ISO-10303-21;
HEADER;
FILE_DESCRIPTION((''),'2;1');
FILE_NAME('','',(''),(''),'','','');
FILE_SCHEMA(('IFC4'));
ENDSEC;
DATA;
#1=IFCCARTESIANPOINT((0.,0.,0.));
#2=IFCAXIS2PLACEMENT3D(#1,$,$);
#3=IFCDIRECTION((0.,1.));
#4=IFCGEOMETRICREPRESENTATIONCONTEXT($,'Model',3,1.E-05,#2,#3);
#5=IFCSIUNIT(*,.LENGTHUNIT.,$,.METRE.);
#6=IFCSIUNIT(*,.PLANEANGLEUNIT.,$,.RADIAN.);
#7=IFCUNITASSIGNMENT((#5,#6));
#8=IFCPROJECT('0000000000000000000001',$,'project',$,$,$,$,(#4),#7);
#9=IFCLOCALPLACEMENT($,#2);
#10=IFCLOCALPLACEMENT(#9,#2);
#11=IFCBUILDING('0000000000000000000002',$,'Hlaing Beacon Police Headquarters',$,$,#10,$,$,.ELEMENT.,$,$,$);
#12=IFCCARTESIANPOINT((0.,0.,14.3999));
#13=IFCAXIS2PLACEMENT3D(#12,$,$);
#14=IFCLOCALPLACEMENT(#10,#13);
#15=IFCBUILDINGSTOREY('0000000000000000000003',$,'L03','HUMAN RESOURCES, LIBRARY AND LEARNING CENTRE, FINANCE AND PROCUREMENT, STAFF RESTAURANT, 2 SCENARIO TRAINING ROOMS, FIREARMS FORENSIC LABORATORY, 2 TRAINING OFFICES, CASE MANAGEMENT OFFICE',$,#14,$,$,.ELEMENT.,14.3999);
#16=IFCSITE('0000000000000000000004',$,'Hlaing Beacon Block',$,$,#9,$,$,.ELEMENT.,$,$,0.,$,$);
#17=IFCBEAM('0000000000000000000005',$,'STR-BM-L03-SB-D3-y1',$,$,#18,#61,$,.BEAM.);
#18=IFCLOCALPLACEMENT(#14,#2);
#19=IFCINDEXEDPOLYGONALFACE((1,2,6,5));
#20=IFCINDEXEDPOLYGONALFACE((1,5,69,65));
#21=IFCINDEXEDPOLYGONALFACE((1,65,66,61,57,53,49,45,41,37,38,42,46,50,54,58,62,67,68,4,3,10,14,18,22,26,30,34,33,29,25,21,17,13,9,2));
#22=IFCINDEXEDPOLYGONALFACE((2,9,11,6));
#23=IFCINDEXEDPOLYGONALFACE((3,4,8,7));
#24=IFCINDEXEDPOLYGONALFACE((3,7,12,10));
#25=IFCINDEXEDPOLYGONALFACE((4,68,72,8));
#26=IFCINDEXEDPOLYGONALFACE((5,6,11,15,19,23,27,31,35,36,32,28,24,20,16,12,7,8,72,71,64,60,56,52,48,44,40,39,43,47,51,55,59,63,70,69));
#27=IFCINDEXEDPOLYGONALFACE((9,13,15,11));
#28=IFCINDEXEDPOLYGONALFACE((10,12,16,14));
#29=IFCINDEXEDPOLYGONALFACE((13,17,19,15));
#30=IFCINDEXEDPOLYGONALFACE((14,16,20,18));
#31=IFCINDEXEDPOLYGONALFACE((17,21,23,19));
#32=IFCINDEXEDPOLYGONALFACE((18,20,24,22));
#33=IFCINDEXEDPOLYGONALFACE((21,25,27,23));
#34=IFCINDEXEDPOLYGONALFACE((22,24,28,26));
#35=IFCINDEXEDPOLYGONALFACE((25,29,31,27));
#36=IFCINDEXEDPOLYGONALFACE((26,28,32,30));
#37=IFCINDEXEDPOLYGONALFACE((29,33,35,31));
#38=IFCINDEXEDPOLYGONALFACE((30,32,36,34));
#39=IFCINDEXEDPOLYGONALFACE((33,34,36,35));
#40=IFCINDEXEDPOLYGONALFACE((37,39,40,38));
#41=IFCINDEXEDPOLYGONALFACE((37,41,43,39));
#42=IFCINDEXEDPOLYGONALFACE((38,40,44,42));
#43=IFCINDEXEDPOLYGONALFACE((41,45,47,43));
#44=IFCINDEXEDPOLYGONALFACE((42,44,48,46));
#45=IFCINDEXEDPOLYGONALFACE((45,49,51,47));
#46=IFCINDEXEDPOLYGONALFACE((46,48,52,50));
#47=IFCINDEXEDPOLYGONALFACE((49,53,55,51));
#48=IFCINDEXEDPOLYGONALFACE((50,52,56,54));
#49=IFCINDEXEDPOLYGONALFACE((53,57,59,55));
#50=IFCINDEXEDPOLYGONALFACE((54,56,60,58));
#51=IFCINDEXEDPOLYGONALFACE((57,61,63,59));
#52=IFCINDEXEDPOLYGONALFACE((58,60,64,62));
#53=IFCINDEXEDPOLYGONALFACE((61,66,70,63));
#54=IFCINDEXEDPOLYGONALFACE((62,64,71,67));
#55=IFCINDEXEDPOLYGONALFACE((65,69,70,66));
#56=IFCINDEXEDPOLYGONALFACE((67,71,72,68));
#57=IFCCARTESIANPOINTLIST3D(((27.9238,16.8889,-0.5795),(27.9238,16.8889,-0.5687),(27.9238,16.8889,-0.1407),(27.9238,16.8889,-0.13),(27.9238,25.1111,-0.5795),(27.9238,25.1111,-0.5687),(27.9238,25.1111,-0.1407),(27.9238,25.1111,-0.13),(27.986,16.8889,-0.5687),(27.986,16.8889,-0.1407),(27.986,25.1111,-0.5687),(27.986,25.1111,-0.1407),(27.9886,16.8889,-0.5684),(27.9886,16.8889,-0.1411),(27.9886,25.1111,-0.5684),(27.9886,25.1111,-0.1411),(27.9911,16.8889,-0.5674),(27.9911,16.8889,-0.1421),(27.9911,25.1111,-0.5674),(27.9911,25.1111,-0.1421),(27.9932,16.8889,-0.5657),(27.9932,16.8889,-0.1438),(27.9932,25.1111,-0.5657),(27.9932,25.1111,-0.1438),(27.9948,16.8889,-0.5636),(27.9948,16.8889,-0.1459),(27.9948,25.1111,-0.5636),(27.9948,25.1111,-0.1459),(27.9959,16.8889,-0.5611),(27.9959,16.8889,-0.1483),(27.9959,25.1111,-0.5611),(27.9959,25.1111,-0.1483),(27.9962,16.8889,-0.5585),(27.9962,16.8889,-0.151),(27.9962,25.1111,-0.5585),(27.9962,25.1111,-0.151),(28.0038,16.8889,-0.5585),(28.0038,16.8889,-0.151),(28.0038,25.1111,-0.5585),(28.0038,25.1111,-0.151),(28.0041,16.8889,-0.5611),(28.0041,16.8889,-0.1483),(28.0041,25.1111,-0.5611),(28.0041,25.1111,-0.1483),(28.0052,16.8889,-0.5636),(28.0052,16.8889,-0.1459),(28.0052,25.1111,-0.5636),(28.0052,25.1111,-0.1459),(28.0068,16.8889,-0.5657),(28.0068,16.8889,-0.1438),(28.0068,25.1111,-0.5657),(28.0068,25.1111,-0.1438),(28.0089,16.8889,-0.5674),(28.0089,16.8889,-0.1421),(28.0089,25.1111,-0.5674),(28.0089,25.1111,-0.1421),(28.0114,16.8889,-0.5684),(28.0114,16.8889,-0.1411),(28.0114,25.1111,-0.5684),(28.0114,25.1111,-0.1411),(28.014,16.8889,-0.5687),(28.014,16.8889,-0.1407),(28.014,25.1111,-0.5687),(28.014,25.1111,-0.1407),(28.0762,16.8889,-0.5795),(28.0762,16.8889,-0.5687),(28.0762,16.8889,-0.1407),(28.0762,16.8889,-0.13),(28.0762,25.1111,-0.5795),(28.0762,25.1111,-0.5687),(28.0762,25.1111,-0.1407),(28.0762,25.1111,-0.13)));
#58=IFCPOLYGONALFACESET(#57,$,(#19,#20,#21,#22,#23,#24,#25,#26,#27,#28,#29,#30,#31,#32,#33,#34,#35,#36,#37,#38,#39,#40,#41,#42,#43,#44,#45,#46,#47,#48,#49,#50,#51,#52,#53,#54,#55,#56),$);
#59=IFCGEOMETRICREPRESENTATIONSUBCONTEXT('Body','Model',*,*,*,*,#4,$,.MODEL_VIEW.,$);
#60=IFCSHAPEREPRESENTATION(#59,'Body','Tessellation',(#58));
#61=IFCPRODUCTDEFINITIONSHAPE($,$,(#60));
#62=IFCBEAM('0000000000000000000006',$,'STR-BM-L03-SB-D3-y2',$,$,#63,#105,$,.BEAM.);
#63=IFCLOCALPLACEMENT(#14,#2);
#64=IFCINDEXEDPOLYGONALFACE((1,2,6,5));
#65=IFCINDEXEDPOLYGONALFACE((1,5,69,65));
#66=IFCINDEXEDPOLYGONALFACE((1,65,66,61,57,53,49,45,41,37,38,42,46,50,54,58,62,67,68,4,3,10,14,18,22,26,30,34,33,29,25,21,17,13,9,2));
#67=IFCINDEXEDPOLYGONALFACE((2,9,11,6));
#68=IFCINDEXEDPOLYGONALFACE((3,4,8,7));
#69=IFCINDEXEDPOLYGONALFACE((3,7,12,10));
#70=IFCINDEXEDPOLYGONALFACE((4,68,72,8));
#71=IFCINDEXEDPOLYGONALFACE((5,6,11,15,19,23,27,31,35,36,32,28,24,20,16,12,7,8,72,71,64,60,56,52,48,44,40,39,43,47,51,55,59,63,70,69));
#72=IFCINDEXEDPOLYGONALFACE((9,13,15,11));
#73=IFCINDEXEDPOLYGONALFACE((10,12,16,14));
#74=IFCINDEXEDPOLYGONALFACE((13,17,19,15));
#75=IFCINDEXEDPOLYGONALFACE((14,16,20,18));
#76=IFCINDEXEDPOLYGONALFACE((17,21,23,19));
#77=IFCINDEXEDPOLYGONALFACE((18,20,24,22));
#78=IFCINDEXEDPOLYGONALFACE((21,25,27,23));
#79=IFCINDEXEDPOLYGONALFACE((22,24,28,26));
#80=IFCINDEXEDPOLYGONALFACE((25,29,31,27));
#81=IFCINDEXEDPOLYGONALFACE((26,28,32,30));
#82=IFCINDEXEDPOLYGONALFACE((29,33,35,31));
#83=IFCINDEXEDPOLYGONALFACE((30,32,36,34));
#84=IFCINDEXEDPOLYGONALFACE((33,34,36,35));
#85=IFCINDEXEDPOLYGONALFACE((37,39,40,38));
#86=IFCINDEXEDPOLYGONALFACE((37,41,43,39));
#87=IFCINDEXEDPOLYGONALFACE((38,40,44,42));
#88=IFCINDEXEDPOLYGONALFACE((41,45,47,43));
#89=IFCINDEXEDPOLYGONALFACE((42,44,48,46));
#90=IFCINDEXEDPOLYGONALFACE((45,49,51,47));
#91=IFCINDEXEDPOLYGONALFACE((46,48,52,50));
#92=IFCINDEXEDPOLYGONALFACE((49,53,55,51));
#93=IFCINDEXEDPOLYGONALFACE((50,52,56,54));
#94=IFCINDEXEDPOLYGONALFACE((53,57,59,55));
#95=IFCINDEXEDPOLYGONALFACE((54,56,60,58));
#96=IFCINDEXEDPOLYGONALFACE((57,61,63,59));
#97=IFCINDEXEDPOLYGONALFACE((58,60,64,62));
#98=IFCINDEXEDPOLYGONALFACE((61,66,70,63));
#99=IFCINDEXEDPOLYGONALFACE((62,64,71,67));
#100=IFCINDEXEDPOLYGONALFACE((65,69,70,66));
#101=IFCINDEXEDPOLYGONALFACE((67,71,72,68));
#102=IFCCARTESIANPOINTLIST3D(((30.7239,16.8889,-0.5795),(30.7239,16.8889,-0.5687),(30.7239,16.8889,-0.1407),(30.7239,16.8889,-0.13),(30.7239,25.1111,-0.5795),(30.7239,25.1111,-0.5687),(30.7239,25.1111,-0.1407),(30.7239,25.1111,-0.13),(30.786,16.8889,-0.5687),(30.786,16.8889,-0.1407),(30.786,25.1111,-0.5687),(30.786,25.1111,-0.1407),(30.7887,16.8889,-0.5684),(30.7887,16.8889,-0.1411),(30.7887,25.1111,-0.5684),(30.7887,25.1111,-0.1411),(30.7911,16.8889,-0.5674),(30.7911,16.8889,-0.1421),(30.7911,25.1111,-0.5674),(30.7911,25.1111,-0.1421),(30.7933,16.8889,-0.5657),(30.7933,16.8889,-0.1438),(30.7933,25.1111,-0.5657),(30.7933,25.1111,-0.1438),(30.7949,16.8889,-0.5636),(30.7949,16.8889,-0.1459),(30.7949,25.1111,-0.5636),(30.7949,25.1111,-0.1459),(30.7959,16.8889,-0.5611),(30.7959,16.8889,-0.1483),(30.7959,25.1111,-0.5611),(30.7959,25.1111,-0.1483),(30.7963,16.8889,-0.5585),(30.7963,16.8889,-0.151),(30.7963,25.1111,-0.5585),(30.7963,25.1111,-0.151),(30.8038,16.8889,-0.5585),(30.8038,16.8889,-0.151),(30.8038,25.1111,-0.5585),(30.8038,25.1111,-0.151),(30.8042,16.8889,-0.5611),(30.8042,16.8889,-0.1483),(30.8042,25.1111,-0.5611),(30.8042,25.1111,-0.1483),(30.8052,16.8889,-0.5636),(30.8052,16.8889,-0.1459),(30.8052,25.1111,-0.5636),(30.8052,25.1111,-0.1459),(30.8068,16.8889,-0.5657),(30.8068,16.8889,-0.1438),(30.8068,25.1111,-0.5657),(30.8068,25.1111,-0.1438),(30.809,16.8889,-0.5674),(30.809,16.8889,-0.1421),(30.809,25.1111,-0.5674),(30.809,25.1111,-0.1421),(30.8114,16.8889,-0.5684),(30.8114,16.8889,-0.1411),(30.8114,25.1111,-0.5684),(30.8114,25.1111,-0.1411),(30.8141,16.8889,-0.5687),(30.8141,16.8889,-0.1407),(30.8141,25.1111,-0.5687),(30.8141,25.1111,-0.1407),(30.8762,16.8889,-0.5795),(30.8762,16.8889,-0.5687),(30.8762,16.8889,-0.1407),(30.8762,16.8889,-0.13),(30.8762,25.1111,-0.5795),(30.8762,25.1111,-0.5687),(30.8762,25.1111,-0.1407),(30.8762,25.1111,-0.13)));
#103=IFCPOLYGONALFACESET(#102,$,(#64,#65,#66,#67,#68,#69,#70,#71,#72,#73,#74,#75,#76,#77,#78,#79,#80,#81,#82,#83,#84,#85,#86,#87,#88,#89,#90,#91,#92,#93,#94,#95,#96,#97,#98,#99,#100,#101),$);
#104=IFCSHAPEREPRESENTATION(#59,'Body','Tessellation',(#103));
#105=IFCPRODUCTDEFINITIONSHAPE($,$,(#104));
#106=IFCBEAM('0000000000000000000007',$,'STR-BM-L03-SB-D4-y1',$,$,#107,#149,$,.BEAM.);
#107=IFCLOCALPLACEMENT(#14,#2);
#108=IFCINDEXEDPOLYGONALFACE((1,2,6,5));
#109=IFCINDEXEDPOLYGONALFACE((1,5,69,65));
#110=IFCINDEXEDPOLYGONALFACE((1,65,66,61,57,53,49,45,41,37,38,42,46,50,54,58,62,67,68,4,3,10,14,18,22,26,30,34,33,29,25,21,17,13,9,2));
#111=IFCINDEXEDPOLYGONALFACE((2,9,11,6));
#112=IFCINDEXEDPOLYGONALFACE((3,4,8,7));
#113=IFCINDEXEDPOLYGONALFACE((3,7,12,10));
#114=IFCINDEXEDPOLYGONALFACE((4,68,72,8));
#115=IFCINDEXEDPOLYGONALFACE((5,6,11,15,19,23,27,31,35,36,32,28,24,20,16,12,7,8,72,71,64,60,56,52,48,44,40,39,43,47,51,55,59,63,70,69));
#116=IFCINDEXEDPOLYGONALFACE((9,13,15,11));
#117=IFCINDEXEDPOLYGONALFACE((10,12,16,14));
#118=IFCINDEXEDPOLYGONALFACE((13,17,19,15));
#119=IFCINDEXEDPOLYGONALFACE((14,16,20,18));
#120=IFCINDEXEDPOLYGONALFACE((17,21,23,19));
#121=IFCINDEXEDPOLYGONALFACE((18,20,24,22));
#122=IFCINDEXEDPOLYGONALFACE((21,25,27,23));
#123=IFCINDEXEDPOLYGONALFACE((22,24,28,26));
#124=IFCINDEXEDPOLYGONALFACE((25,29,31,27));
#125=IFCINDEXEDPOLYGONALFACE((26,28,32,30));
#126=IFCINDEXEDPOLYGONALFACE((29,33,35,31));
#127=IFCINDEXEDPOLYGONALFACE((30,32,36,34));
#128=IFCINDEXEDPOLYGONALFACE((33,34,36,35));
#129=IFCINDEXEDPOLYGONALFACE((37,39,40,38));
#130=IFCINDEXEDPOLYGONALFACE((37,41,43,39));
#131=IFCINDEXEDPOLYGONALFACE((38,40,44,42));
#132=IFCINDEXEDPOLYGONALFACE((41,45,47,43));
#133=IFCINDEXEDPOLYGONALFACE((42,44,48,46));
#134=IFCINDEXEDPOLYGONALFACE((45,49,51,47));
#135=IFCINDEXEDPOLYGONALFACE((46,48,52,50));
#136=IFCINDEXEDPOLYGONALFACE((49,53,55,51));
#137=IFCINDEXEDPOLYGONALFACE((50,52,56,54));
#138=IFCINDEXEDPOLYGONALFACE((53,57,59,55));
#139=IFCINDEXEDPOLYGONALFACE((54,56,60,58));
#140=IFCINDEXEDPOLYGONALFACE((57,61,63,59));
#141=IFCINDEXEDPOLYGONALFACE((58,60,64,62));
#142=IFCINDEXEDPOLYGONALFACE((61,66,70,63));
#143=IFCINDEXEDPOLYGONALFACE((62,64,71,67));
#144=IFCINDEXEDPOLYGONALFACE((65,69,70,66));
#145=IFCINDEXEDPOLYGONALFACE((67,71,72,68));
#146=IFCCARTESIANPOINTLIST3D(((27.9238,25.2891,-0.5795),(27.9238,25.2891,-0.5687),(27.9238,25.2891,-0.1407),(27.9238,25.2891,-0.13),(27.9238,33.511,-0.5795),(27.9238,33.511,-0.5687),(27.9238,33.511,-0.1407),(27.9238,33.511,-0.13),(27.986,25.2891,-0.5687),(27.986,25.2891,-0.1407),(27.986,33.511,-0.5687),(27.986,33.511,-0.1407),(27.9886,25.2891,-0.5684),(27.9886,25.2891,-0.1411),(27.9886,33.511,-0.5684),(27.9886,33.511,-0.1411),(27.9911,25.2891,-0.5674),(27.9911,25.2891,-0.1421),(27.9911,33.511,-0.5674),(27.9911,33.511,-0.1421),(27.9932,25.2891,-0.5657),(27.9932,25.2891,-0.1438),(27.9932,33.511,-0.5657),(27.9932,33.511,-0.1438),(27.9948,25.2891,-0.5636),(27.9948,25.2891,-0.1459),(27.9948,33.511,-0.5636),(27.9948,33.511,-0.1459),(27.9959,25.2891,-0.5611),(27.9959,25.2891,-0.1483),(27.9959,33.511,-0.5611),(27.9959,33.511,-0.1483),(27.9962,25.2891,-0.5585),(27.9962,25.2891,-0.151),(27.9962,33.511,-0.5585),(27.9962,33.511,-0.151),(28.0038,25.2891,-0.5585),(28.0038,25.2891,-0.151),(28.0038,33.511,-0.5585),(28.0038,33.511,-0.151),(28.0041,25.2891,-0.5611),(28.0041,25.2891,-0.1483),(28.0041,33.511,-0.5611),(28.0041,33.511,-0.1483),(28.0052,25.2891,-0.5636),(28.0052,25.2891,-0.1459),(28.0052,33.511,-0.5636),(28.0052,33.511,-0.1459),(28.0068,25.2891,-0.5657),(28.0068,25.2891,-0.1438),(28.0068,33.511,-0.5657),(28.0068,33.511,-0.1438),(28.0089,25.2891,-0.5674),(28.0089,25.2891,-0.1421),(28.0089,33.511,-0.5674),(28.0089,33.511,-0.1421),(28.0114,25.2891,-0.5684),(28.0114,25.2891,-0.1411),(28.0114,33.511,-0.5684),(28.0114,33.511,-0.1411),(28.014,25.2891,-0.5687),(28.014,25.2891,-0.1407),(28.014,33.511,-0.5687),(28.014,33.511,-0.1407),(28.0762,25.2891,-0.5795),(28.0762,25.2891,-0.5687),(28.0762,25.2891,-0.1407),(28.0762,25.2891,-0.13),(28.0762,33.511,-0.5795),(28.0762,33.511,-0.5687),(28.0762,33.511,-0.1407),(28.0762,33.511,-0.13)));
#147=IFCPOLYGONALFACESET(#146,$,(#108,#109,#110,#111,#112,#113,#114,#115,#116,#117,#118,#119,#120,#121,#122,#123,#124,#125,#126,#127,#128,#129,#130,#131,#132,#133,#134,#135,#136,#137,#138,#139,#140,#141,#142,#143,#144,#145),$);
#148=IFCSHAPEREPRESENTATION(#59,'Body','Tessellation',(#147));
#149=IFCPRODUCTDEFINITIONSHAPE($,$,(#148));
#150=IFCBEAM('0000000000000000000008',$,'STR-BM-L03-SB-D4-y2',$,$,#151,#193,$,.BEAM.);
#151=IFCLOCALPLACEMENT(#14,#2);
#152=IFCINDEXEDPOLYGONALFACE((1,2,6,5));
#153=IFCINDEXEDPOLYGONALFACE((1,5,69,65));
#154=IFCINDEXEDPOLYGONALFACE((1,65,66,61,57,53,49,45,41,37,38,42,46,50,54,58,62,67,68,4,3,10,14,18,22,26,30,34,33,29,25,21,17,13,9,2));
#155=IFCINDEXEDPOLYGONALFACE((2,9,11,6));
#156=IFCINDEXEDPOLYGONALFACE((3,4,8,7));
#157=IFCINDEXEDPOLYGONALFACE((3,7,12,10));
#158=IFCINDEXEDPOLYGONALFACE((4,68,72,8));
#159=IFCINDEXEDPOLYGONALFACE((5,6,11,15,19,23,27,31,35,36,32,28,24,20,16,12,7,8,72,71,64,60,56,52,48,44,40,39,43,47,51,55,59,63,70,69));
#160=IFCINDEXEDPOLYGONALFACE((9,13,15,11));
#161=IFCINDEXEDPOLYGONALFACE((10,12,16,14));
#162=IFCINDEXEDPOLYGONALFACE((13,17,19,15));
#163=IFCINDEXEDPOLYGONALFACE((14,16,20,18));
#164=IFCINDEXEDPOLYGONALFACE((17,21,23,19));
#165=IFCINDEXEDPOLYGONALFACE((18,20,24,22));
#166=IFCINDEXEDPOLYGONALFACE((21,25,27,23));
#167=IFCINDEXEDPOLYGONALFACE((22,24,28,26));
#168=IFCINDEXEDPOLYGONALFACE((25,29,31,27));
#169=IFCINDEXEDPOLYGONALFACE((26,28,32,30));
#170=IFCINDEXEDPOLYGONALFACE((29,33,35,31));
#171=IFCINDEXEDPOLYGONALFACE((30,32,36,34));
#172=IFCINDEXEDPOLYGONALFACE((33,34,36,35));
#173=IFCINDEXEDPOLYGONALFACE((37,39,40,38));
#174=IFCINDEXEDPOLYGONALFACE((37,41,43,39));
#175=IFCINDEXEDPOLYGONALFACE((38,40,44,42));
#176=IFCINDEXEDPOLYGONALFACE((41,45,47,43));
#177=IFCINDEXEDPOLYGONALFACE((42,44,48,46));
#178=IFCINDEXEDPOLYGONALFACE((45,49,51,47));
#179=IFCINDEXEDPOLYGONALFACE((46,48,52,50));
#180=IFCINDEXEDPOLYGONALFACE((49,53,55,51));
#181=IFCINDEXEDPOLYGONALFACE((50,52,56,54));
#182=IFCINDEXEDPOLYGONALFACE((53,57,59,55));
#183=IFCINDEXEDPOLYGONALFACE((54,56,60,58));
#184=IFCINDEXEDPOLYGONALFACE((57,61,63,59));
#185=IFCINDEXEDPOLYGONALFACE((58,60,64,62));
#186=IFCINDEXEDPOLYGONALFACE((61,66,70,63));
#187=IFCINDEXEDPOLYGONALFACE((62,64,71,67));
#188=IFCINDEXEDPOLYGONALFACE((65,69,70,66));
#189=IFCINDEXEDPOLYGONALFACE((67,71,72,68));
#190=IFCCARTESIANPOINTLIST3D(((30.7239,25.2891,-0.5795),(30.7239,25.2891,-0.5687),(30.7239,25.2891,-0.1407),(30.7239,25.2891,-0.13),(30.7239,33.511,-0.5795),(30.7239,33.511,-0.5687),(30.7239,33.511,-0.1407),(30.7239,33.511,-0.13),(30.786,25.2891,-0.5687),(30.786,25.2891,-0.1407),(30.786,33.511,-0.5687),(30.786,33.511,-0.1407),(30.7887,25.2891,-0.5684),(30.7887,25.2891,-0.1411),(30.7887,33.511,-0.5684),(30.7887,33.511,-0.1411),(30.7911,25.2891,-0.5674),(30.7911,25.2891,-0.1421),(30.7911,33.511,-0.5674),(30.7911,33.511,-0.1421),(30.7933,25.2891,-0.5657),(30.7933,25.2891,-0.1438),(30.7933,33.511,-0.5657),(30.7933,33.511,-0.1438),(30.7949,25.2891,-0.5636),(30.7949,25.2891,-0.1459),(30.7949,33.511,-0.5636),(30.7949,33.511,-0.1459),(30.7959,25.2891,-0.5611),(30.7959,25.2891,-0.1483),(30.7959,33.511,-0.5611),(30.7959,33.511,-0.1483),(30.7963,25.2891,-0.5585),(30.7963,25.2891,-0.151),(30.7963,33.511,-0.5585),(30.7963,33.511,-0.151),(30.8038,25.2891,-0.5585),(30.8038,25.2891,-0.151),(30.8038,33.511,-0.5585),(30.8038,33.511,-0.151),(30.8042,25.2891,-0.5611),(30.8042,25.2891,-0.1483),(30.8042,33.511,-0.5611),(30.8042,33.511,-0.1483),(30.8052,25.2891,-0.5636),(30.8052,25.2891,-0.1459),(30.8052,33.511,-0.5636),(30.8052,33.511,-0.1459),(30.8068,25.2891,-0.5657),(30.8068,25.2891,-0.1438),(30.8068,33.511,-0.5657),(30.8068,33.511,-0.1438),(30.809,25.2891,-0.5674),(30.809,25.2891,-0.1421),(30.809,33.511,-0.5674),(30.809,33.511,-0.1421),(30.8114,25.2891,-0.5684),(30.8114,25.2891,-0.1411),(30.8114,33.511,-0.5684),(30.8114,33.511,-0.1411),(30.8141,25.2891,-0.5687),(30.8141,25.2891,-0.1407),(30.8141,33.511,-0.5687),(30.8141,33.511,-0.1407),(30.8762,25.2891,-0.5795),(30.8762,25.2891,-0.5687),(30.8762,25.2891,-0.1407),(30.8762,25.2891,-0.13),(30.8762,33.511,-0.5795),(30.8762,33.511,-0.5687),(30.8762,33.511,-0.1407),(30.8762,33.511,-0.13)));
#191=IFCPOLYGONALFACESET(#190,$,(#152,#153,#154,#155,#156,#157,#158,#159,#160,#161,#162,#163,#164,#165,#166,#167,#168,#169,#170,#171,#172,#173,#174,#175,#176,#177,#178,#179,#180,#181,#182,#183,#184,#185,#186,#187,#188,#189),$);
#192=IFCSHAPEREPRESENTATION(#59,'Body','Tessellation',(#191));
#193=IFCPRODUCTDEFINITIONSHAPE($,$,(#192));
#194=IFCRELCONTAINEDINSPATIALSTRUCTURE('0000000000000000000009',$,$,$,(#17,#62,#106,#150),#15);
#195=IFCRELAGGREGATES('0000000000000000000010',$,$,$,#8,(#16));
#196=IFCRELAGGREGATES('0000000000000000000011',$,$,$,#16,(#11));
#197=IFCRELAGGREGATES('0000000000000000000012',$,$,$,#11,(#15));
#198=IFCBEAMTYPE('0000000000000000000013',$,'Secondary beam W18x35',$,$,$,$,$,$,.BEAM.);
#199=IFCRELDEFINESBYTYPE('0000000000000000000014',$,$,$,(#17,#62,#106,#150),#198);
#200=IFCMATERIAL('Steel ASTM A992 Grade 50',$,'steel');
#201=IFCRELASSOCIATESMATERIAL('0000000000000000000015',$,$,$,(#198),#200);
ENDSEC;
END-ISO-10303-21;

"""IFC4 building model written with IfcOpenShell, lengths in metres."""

from ifc_helpers import new_model, si_unit, direction, frame, origin, origin_2d, place, context, subcontext, project, spatial, i_section, extrude, material, material_profile, profile_set, type_object, element, save


model = new_model("IFC4")

# Units and contexts
model_context = context("Model", 3, precision=1e-05, world=origin(), true_north=direction((0.0, 1.0)))
body_context = subcontext(model_context, "Body", "Model", "MODEL_VIEW")
ifc_project = project(units=[si_unit("LENGTHUNIT", "METRE"), si_unit("PLANEANGLEUNIT", "RADIAN")], contexts=[model_context])

# Site, building, storey
site_placement = place(None, origin())
site = spatial("IfcSite", under=ifc_project, at=site_placement, Name="Hlaing Beacon Block", CompositionType="ELEMENT", RefElevation=0.0)
building_placement = place(site_placement, origin())
building = spatial("IfcBuilding", under=site, at=building_placement, Name="Hlaing Beacon Police Headquarters", CompositionType="ELEMENT")
storey_placement = place(building_placement, frame((0.0, 0.0, 14.3999)))
storey = spatial("IfcBuildingStorey", under=building, at=storey_placement, Name="L03", Description="HUMAN RESOURCES, LIBRARY AND LEARNING CENTRE, FINANCE AND PROCUREMENT, STAFF RESTAURANT, 2 SCENARIO TRAINING ROOMS, FIREARMS FORENSIC LABORATORY, 2 TRAINING OFFICES, CASE MANAGEMENT OFFICE", CompositionType="ELEMENT", Elevation=14.3999)

# Beams
ifc_material_1 = material(Name="Steel ASTM A992 Grade 50", Category="steel")
ifc_material_profile_1 = material_profile(ifc_material_1, i_section(OverallWidth=0.1523, OverallDepth=0.4495, WebThickness=0.0076, FlangeThickness=0.0107, FilletRadius=0.0103, at=origin_2d()), Name="W18x35")
ifc_profile_set_1 = profile_set([ifc_material_profile_1], Name="Steel ASTM A992 Grade 50")
beam_type_1 = type_object("IfcBeamType", Name="Secondary beam W18x35", PredefinedType="BEAM", material=ifc_profile_set_1)
for number, where, z_axis, x_axis, name in (
    (1, (28.0, 16.8889, -0.3547), (0.0, 1.0, 0.0), (-1.0, 0.0, 0.0), "STR-BM-L03-SB-D3-y1"),
    (2, (30.8, 16.8889, -0.3547), (0.0, 1.0, 0.0), (-1.0, 0.0, 0.0), "STR-BM-L03-SB-D3-y2"),
):
    element("IfcBeam", number, at=place(storey_placement, frame(where, z_axis=z_axis, x_axis=x_axis)), inside=storey, type_object=beam_type_1, Name=name, PredefinedType="BEAM", context=body_context, shape_type="SweptSolid", body=[
        extrude(i_section(OverallWidth=0.1523, OverallDepth=0.4495, WebThickness=0.0076, FlangeThickness=0.0107, FilletRadius=0.0103, at=origin_2d()), origin(), (0.0, 0.0, 1.0), 8.2222),
    ])
for number, where, z_axis, x_axis, name in (
    (3, (28.0, 25.2891, -0.3547), (0.0, 1.0, 0.0), (-1.0, 0.0, 0.0), "STR-BM-L03-SB-D4-y1"),
    (4, (30.8, 25.2891, -0.3547), (0.0, 1.0, 0.0), (-1.0, 0.0, 0.0), "STR-BM-L03-SB-D4-y2"),
):
    element("IfcBeam", number, at=place(storey_placement, frame(where, z_axis=z_axis, x_axis=x_axis)), inside=storey, type_object=beam_type_1, Name=name, PredefinedType="BEAM", context=body_context, shape_type="SweptSolid", body=[
        extrude(i_section(OverallWidth=0.1523, OverallDepth=0.4495, WebThickness=0.0076, FlangeThickness=0.0107, FilletRadius=0.0103, at=origin_2d()), origin(), (0.0, 0.0, 1.0), 8.2219),
    ])

save(model, "model.ifc")
